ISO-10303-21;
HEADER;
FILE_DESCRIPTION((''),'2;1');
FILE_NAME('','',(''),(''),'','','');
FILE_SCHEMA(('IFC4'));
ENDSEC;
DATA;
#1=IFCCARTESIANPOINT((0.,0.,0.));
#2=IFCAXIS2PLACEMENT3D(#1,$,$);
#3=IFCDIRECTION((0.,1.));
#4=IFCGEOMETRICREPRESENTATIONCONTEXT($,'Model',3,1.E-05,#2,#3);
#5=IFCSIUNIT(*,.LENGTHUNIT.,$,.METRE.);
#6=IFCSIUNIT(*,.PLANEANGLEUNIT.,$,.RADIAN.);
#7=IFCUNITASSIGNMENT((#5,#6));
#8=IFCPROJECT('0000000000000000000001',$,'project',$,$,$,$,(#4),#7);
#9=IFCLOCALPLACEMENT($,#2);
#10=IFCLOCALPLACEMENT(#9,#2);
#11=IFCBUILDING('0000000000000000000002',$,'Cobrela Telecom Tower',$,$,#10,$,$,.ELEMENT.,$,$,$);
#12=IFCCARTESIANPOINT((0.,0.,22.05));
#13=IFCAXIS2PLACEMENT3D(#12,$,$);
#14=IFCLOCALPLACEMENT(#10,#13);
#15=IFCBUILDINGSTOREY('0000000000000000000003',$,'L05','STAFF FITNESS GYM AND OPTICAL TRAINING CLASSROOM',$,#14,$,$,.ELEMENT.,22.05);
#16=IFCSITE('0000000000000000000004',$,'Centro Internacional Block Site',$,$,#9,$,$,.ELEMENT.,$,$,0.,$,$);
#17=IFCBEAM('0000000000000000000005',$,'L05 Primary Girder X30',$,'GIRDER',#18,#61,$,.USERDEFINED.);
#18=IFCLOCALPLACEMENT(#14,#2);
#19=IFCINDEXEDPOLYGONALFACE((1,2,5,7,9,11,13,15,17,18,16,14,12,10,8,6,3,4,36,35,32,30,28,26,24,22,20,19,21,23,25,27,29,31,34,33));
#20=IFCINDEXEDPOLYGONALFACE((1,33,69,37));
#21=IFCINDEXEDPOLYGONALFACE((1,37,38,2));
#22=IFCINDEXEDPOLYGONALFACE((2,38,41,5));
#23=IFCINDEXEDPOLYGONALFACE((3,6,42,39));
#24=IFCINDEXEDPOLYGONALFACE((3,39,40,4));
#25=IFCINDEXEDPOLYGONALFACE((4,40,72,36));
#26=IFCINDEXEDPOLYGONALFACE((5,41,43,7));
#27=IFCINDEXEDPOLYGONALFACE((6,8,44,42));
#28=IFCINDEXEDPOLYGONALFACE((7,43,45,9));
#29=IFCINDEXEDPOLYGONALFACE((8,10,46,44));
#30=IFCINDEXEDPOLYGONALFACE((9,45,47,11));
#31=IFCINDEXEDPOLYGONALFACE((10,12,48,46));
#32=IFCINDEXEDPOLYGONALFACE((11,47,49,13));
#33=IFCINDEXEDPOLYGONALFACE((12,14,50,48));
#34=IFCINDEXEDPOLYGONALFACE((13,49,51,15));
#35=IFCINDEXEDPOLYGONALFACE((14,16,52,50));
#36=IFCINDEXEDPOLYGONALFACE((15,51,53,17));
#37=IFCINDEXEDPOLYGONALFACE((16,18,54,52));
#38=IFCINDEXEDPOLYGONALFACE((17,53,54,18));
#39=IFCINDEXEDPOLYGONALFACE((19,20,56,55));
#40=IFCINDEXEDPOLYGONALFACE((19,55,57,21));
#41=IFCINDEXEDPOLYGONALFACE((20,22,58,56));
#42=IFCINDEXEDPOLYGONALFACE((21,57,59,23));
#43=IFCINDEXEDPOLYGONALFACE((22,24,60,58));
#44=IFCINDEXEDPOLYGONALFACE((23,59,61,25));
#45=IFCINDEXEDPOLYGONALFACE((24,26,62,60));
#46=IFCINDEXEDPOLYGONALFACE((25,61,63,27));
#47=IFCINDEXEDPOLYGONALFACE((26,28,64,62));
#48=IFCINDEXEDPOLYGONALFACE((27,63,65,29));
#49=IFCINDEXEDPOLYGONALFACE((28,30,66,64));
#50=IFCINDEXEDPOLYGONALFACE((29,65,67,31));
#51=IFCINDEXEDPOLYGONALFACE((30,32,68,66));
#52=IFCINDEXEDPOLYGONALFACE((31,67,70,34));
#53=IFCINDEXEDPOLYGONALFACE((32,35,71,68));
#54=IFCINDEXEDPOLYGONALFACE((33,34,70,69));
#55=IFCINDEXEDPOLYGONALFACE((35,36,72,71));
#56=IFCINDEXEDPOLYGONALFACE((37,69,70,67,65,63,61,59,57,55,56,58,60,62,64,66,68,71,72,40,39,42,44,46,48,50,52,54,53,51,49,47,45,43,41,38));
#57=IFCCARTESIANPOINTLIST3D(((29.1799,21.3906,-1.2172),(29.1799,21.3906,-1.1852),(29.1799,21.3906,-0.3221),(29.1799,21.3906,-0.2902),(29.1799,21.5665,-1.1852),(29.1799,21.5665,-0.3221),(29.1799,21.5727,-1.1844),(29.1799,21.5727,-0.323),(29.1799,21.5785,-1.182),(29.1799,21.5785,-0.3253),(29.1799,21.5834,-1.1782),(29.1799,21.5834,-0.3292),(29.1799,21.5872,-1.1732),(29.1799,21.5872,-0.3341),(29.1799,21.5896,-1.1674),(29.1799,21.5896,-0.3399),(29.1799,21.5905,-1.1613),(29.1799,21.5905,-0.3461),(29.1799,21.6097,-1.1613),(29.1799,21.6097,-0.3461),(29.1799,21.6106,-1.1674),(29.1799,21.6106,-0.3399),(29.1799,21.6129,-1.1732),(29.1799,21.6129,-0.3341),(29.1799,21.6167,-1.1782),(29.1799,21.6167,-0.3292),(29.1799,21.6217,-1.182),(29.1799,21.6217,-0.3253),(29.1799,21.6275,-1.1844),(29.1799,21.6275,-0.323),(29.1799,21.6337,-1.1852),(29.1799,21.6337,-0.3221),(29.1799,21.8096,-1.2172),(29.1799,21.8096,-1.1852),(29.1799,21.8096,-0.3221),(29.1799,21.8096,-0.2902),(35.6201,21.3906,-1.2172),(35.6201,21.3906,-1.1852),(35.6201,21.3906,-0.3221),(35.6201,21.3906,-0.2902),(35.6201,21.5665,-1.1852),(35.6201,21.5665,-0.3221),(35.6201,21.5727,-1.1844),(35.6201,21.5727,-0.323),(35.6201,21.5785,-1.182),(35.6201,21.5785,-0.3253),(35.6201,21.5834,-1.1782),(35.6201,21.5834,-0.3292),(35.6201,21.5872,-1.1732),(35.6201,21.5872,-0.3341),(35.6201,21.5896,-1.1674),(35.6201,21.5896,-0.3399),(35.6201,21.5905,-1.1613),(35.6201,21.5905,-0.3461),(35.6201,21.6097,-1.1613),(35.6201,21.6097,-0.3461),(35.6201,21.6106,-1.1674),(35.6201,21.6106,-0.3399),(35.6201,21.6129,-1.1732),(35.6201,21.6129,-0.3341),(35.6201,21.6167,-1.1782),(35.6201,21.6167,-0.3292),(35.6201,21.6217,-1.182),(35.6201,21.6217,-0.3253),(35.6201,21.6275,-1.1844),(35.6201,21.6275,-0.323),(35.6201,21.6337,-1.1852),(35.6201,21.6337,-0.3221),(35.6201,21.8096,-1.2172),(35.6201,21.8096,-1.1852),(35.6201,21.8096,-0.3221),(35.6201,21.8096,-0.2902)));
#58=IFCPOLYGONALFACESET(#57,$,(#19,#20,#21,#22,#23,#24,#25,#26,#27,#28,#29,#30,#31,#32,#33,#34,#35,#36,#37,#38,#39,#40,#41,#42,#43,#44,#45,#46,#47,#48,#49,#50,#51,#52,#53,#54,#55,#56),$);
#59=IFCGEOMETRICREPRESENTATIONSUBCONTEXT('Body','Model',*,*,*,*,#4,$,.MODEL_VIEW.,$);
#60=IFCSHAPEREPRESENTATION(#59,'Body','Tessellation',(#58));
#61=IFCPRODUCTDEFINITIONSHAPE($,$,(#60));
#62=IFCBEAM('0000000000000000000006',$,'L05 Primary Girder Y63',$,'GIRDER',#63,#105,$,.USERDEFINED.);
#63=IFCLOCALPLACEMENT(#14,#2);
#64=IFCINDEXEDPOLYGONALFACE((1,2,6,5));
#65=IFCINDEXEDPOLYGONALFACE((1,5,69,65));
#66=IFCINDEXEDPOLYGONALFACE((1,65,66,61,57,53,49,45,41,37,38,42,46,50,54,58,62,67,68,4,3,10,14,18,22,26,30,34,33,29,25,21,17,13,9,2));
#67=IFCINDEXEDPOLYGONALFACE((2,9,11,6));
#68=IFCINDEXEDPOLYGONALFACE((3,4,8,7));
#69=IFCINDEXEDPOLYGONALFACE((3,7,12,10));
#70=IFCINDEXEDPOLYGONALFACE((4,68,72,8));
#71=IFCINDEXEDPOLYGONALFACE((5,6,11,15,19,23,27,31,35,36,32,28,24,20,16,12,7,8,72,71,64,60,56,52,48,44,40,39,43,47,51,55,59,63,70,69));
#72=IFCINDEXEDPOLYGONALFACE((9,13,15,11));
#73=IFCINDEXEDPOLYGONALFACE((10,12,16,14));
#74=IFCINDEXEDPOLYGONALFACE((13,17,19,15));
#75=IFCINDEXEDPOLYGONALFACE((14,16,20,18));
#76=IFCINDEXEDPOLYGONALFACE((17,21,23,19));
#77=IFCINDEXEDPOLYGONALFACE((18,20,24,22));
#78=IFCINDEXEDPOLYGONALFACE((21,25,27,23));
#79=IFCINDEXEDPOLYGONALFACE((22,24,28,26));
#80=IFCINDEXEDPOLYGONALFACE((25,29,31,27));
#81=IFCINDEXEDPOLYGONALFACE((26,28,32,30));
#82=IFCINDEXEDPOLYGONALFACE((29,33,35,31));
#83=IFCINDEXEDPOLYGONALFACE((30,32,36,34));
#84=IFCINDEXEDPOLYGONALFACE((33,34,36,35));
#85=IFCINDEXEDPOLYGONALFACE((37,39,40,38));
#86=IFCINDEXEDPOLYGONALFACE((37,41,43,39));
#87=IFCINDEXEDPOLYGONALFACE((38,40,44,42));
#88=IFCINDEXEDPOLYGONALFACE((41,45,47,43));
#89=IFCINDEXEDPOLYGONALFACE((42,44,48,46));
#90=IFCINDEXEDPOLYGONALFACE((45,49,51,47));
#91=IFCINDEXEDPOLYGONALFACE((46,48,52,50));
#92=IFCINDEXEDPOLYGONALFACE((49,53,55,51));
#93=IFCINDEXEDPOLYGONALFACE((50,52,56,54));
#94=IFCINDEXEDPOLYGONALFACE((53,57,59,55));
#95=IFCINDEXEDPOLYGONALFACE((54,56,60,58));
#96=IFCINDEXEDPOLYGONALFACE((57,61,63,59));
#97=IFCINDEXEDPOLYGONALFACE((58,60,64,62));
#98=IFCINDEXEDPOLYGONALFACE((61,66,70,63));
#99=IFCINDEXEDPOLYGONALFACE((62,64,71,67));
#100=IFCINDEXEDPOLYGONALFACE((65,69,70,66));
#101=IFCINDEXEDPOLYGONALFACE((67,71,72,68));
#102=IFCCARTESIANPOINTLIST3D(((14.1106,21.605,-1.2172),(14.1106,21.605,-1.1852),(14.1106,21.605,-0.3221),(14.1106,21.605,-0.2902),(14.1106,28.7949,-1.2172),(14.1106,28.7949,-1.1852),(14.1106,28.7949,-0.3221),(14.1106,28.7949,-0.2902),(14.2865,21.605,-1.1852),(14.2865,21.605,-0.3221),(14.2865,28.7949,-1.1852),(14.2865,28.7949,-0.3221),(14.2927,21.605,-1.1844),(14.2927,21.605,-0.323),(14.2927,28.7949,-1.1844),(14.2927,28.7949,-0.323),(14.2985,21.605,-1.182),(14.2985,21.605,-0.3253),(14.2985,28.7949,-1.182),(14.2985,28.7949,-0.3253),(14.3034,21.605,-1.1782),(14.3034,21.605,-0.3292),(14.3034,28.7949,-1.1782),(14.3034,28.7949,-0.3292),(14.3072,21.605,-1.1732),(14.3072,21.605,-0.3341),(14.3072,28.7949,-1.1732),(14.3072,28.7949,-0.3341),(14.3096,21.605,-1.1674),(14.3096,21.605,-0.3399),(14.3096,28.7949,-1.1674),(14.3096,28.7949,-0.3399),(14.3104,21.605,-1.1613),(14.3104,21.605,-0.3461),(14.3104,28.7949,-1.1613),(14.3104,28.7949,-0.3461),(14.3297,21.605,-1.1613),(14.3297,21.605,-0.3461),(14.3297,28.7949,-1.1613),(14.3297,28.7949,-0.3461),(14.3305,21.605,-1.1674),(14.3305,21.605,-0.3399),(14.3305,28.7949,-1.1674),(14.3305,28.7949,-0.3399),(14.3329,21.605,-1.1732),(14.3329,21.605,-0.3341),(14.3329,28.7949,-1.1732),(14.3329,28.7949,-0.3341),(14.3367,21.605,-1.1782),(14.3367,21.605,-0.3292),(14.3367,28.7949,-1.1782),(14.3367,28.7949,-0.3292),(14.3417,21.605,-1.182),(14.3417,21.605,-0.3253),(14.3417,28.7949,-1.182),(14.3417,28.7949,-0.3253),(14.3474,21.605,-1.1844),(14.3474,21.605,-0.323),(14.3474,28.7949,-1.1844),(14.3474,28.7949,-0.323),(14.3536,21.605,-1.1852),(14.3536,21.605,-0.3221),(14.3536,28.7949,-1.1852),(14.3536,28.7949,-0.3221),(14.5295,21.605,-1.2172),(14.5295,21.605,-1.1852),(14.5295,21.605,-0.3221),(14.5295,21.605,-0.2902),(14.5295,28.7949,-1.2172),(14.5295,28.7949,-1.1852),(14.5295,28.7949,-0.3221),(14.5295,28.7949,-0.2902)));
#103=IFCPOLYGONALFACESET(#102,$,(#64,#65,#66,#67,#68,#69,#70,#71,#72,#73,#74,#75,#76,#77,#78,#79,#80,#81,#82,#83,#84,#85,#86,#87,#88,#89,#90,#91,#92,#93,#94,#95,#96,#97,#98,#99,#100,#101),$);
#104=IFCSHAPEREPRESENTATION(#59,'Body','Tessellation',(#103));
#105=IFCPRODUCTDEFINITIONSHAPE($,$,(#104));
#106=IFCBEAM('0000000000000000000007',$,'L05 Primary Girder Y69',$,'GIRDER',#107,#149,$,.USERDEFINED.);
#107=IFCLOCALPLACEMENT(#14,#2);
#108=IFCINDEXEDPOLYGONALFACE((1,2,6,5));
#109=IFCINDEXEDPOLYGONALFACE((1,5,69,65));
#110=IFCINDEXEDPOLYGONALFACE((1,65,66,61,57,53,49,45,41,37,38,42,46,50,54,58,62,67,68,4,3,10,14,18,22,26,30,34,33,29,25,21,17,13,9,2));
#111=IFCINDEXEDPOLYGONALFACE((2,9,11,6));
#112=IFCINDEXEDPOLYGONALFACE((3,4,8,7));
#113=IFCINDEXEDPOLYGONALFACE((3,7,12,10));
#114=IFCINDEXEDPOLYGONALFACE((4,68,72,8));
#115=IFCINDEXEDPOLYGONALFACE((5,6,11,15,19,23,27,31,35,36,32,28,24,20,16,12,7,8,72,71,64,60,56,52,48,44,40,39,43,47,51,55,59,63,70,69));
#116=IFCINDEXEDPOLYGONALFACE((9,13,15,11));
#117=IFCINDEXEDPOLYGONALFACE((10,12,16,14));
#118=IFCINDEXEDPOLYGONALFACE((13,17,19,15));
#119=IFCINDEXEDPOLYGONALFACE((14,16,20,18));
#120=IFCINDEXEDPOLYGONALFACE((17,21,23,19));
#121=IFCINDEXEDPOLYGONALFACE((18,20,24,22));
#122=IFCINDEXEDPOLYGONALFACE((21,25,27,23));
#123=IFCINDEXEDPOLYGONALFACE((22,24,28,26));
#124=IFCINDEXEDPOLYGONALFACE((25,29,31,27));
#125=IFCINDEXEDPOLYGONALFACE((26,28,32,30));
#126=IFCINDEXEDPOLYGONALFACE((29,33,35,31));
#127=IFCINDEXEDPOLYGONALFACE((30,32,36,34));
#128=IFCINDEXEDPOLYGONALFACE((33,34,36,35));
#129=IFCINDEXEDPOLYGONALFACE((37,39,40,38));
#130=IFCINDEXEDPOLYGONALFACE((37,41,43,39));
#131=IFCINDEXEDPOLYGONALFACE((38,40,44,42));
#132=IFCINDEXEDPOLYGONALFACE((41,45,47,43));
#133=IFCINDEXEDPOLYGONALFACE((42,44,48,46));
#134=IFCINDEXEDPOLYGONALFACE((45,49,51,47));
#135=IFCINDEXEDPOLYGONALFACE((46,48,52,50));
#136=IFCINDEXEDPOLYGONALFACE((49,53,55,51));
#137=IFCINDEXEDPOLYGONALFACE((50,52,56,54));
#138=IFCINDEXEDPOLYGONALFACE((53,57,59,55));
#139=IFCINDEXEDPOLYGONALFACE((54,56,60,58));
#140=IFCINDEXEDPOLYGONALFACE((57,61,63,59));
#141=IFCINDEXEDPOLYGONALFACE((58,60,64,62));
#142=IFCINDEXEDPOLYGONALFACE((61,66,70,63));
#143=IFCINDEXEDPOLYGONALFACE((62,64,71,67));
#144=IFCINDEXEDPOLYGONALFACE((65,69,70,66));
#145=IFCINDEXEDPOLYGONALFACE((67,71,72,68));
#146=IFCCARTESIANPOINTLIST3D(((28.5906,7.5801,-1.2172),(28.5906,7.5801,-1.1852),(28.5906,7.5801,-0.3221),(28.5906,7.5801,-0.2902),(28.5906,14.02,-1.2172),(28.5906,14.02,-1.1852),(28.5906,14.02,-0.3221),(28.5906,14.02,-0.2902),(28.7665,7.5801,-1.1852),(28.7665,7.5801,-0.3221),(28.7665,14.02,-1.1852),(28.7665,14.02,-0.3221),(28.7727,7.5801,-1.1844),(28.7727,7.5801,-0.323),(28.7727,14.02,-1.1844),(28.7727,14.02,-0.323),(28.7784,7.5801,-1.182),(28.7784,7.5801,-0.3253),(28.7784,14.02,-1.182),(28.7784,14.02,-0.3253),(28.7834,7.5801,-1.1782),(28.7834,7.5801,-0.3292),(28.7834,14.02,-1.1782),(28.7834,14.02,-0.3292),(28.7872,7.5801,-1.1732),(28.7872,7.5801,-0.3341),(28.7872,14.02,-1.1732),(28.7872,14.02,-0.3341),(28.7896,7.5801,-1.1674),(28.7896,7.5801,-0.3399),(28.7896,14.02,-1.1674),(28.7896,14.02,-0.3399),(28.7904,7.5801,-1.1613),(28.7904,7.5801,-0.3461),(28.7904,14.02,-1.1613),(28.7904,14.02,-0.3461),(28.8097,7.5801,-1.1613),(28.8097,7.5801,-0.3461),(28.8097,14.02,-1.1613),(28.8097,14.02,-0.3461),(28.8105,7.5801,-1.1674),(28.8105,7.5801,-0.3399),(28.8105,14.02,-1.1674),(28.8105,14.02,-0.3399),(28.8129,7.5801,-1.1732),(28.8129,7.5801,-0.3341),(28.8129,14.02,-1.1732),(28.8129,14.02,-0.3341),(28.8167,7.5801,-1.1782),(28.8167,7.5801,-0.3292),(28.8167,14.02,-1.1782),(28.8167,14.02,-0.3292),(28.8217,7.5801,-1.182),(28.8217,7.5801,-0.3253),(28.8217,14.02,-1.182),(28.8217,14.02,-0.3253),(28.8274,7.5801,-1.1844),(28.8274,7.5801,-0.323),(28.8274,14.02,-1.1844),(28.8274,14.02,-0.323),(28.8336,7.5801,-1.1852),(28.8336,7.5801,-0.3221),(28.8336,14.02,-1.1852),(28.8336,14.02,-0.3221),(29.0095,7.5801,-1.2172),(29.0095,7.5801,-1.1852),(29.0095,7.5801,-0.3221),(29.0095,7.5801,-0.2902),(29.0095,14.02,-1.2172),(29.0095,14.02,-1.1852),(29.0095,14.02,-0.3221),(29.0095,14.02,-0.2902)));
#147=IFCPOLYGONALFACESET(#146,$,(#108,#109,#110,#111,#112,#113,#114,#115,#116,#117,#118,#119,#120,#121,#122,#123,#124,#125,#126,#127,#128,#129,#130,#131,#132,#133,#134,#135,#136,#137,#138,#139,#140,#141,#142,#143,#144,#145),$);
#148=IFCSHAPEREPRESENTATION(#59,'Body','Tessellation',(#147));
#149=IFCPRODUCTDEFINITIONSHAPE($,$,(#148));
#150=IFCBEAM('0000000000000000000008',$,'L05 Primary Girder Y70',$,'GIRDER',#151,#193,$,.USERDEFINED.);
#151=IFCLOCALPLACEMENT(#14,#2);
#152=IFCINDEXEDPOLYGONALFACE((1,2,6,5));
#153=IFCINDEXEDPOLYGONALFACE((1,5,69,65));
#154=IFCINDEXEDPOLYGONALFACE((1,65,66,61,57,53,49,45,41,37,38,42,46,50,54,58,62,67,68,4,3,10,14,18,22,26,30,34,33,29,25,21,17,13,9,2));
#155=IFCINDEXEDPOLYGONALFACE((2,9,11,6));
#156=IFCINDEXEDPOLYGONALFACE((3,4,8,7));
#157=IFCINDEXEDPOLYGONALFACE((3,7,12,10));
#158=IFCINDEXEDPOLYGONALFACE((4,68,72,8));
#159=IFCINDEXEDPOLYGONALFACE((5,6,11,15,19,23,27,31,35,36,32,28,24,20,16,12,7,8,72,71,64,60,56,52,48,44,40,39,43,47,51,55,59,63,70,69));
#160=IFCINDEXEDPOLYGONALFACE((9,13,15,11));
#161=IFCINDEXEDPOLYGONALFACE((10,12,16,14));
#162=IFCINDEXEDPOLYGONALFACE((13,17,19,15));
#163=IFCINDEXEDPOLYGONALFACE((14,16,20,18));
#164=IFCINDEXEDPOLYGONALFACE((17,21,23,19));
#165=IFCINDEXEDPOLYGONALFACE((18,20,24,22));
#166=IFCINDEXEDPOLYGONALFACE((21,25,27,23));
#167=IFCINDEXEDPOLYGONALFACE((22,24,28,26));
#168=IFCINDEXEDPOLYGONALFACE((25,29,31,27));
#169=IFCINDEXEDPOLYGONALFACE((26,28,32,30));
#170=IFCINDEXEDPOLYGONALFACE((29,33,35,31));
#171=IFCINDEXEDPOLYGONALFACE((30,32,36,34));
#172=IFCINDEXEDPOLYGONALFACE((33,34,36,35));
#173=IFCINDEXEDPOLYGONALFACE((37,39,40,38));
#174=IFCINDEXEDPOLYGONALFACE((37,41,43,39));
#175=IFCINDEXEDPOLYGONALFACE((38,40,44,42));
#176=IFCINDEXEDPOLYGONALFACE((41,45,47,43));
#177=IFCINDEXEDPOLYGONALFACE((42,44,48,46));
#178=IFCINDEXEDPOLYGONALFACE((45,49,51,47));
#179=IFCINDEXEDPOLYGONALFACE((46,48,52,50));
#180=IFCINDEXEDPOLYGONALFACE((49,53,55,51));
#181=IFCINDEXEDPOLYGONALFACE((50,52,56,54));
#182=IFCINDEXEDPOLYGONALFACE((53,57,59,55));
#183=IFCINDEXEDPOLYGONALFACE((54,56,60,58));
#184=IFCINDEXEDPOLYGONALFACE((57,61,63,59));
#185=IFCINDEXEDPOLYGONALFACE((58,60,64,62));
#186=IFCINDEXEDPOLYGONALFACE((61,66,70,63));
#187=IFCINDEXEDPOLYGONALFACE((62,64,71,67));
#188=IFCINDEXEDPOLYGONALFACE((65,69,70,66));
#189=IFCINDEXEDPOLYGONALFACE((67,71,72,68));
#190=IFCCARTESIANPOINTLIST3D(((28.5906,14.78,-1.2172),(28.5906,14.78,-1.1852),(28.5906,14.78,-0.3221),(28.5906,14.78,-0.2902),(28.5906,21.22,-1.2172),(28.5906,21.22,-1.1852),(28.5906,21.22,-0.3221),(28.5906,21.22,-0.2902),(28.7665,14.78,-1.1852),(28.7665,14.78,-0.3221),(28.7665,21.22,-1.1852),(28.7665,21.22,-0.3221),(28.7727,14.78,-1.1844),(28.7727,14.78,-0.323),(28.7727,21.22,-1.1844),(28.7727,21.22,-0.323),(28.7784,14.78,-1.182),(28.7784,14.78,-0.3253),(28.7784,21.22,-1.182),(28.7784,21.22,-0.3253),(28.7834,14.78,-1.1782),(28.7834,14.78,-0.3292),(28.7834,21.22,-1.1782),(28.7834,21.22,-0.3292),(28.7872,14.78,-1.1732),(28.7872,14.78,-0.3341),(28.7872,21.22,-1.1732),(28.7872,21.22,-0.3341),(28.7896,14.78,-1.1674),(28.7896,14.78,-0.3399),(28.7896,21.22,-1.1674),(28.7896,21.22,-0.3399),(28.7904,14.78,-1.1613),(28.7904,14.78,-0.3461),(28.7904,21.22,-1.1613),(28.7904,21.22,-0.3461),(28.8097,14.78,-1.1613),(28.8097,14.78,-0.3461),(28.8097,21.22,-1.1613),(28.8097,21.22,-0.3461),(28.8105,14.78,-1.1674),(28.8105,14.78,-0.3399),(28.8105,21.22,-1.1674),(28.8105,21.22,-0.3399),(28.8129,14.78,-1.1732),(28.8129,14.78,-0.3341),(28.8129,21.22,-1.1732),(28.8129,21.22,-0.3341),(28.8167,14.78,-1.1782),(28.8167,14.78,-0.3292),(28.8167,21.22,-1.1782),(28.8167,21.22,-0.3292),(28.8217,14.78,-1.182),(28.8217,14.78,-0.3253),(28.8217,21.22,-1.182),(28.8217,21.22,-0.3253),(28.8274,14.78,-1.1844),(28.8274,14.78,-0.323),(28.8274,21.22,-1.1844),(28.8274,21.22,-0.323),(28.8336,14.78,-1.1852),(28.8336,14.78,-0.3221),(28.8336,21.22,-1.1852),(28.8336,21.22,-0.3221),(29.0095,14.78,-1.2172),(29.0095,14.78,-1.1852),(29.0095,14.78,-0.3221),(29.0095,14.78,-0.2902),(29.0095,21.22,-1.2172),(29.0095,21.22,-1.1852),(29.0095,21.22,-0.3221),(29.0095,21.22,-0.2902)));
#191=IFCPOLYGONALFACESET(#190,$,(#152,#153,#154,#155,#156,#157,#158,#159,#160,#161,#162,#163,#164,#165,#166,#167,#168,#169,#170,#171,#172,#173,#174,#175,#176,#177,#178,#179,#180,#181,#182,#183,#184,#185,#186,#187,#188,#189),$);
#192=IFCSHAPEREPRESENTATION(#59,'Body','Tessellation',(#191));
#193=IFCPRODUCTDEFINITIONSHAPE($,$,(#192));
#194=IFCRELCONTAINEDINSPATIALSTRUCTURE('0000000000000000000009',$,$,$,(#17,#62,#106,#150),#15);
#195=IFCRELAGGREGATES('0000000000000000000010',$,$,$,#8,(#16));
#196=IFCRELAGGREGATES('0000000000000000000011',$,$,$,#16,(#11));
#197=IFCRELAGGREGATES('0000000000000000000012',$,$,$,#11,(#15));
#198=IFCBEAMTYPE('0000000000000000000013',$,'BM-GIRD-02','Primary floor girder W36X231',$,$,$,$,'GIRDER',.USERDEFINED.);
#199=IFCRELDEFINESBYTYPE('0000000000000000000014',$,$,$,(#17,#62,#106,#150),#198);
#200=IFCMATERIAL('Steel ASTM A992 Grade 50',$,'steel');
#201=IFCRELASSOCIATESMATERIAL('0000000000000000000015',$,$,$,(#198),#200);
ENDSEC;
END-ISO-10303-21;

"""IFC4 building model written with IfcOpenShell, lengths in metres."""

from ifc_helpers import new_model, si_unit, direction, frame, origin, origin_2d, place, context, subcontext, project, spatial, i_section, extrude, material, material_profile, profile_set, type_object, element, save


model = new_model("IFC4")

# Units and contexts
model_context = context("Model", 3, precision=1e-05, world=origin(), true_north=direction((0.0, 1.0)))
body_context = subcontext(model_context, "Body", "Model", "MODEL_VIEW")
ifc_project = project(units=[si_unit("LENGTHUNIT", "METRE"), si_unit("PLANEANGLEUNIT", "RADIAN")], contexts=[model_context])

# Site, building, storey
site_placement = place(None, origin())
site = spatial("IfcSite", under=ifc_project, at=site_placement, Name="Centro Internacional Block Site", CompositionType="ELEMENT", RefElevation=0.0)
building_placement = place(site_placement, origin())
building = spatial("IfcBuilding", under=site, at=building_placement, Name="Cobrela Telecom Tower", CompositionType="ELEMENT")
storey_placement = place(building_placement, frame((0.0, 0.0, 22.05)))
storey = spatial("IfcBuildingStorey", under=building, at=storey_placement, Name="L05", Description="STAFF FITNESS GYM AND OPTICAL TRAINING CLASSROOM", CompositionType="ELEMENT", Elevation=22.05)

# Beams
ifc_material_1 = material(Name="Steel ASTM A992 Grade 50", Category="steel")
ifc_material_profile_1 = material_profile(ifc_material_1, i_section(OverallWidth=0.4189, OverallDepth=0.927, WebThickness=0.0193, FlangeThickness=0.032, FilletRadius=0.0239, at=origin_2d()), Name="W36X231")
ifc_profile_set_1 = profile_set([ifc_material_profile_1], Name="Steel ASTM A992 Grade 50")
beam_type_1 = type_object("IfcBeamType", Name="BM-GIRD-02", Description="Primary floor girder W36X231", ElementType="GIRDER", PredefinedType="USERDEFINED", material=ifc_profile_set_1)
beam_1_placement = place(storey_placement, frame((29.1799, 21.6001, -0.7537), z_axis=(1.0, 0.0, 0.0), x_axis=(0.0, 1.0, 0.0)))
element("IfcBeam", 1, at=beam_1_placement, inside=storey, type_object=beam_type_1, Name="L05 Primary Girder X30", ObjectType="GIRDER", PredefinedType="USERDEFINED", context=body_context, shape_type="SweptSolid", body=[
    extrude(i_section(OverallWidth=0.4189, OverallDepth=0.927, WebThickness=0.0193, FlangeThickness=0.032, FilletRadius=0.0239, at=origin_2d()), origin(), (0.0, 0.0, 1.0), 6.4402),
])
beam_2_placement = place(storey_placement, frame((14.3201, 21.605, -0.7537), z_axis=(0.0, 1.0, 0.0), x_axis=(-1.0, 0.0, 0.0)))
element("IfcBeam", 2, at=beam_2_placement, inside=storey, type_object=beam_type_1, Name="L05 Primary Girder Y63", ObjectType="GIRDER", PredefinedType="USERDEFINED", context=body_context, shape_type="SweptSolid", body=[
    extrude(i_section(OverallWidth=0.4189, OverallDepth=0.927, WebThickness=0.0193, FlangeThickness=0.032, FilletRadius=0.0239, at=origin_2d()), origin(), (0.0, 0.0, 1.0), 7.1899),
])
for number, where, z_axis, x_axis, name in (
    (3, (28.8, 7.5801, -0.7537), (0.0, 1.0, 0.0), (-1.0, 0.0, 0.0), "L05 Primary Girder Y69"),
    (4, (28.8, 14.78, -0.7537), (0.0, 1.0, 0.0), (-1.0, 0.0, 0.0), "L05 Primary Girder Y70"),
):
    element("IfcBeam", number, at=place(storey_placement, frame(where, z_axis=z_axis, x_axis=x_axis)), inside=storey, type_object=beam_type_1, Name=name, ObjectType="GIRDER", PredefinedType="USERDEFINED", context=body_context, shape_type="SweptSolid", body=[
        extrude(i_section(OverallWidth=0.4189, OverallDepth=0.927, WebThickness=0.0193, FlangeThickness=0.032, FilletRadius=0.0239, at=origin_2d()), origin(), (0.0, 0.0, 1.0), 6.4399),
    ])

save(model, "model.ifc")
